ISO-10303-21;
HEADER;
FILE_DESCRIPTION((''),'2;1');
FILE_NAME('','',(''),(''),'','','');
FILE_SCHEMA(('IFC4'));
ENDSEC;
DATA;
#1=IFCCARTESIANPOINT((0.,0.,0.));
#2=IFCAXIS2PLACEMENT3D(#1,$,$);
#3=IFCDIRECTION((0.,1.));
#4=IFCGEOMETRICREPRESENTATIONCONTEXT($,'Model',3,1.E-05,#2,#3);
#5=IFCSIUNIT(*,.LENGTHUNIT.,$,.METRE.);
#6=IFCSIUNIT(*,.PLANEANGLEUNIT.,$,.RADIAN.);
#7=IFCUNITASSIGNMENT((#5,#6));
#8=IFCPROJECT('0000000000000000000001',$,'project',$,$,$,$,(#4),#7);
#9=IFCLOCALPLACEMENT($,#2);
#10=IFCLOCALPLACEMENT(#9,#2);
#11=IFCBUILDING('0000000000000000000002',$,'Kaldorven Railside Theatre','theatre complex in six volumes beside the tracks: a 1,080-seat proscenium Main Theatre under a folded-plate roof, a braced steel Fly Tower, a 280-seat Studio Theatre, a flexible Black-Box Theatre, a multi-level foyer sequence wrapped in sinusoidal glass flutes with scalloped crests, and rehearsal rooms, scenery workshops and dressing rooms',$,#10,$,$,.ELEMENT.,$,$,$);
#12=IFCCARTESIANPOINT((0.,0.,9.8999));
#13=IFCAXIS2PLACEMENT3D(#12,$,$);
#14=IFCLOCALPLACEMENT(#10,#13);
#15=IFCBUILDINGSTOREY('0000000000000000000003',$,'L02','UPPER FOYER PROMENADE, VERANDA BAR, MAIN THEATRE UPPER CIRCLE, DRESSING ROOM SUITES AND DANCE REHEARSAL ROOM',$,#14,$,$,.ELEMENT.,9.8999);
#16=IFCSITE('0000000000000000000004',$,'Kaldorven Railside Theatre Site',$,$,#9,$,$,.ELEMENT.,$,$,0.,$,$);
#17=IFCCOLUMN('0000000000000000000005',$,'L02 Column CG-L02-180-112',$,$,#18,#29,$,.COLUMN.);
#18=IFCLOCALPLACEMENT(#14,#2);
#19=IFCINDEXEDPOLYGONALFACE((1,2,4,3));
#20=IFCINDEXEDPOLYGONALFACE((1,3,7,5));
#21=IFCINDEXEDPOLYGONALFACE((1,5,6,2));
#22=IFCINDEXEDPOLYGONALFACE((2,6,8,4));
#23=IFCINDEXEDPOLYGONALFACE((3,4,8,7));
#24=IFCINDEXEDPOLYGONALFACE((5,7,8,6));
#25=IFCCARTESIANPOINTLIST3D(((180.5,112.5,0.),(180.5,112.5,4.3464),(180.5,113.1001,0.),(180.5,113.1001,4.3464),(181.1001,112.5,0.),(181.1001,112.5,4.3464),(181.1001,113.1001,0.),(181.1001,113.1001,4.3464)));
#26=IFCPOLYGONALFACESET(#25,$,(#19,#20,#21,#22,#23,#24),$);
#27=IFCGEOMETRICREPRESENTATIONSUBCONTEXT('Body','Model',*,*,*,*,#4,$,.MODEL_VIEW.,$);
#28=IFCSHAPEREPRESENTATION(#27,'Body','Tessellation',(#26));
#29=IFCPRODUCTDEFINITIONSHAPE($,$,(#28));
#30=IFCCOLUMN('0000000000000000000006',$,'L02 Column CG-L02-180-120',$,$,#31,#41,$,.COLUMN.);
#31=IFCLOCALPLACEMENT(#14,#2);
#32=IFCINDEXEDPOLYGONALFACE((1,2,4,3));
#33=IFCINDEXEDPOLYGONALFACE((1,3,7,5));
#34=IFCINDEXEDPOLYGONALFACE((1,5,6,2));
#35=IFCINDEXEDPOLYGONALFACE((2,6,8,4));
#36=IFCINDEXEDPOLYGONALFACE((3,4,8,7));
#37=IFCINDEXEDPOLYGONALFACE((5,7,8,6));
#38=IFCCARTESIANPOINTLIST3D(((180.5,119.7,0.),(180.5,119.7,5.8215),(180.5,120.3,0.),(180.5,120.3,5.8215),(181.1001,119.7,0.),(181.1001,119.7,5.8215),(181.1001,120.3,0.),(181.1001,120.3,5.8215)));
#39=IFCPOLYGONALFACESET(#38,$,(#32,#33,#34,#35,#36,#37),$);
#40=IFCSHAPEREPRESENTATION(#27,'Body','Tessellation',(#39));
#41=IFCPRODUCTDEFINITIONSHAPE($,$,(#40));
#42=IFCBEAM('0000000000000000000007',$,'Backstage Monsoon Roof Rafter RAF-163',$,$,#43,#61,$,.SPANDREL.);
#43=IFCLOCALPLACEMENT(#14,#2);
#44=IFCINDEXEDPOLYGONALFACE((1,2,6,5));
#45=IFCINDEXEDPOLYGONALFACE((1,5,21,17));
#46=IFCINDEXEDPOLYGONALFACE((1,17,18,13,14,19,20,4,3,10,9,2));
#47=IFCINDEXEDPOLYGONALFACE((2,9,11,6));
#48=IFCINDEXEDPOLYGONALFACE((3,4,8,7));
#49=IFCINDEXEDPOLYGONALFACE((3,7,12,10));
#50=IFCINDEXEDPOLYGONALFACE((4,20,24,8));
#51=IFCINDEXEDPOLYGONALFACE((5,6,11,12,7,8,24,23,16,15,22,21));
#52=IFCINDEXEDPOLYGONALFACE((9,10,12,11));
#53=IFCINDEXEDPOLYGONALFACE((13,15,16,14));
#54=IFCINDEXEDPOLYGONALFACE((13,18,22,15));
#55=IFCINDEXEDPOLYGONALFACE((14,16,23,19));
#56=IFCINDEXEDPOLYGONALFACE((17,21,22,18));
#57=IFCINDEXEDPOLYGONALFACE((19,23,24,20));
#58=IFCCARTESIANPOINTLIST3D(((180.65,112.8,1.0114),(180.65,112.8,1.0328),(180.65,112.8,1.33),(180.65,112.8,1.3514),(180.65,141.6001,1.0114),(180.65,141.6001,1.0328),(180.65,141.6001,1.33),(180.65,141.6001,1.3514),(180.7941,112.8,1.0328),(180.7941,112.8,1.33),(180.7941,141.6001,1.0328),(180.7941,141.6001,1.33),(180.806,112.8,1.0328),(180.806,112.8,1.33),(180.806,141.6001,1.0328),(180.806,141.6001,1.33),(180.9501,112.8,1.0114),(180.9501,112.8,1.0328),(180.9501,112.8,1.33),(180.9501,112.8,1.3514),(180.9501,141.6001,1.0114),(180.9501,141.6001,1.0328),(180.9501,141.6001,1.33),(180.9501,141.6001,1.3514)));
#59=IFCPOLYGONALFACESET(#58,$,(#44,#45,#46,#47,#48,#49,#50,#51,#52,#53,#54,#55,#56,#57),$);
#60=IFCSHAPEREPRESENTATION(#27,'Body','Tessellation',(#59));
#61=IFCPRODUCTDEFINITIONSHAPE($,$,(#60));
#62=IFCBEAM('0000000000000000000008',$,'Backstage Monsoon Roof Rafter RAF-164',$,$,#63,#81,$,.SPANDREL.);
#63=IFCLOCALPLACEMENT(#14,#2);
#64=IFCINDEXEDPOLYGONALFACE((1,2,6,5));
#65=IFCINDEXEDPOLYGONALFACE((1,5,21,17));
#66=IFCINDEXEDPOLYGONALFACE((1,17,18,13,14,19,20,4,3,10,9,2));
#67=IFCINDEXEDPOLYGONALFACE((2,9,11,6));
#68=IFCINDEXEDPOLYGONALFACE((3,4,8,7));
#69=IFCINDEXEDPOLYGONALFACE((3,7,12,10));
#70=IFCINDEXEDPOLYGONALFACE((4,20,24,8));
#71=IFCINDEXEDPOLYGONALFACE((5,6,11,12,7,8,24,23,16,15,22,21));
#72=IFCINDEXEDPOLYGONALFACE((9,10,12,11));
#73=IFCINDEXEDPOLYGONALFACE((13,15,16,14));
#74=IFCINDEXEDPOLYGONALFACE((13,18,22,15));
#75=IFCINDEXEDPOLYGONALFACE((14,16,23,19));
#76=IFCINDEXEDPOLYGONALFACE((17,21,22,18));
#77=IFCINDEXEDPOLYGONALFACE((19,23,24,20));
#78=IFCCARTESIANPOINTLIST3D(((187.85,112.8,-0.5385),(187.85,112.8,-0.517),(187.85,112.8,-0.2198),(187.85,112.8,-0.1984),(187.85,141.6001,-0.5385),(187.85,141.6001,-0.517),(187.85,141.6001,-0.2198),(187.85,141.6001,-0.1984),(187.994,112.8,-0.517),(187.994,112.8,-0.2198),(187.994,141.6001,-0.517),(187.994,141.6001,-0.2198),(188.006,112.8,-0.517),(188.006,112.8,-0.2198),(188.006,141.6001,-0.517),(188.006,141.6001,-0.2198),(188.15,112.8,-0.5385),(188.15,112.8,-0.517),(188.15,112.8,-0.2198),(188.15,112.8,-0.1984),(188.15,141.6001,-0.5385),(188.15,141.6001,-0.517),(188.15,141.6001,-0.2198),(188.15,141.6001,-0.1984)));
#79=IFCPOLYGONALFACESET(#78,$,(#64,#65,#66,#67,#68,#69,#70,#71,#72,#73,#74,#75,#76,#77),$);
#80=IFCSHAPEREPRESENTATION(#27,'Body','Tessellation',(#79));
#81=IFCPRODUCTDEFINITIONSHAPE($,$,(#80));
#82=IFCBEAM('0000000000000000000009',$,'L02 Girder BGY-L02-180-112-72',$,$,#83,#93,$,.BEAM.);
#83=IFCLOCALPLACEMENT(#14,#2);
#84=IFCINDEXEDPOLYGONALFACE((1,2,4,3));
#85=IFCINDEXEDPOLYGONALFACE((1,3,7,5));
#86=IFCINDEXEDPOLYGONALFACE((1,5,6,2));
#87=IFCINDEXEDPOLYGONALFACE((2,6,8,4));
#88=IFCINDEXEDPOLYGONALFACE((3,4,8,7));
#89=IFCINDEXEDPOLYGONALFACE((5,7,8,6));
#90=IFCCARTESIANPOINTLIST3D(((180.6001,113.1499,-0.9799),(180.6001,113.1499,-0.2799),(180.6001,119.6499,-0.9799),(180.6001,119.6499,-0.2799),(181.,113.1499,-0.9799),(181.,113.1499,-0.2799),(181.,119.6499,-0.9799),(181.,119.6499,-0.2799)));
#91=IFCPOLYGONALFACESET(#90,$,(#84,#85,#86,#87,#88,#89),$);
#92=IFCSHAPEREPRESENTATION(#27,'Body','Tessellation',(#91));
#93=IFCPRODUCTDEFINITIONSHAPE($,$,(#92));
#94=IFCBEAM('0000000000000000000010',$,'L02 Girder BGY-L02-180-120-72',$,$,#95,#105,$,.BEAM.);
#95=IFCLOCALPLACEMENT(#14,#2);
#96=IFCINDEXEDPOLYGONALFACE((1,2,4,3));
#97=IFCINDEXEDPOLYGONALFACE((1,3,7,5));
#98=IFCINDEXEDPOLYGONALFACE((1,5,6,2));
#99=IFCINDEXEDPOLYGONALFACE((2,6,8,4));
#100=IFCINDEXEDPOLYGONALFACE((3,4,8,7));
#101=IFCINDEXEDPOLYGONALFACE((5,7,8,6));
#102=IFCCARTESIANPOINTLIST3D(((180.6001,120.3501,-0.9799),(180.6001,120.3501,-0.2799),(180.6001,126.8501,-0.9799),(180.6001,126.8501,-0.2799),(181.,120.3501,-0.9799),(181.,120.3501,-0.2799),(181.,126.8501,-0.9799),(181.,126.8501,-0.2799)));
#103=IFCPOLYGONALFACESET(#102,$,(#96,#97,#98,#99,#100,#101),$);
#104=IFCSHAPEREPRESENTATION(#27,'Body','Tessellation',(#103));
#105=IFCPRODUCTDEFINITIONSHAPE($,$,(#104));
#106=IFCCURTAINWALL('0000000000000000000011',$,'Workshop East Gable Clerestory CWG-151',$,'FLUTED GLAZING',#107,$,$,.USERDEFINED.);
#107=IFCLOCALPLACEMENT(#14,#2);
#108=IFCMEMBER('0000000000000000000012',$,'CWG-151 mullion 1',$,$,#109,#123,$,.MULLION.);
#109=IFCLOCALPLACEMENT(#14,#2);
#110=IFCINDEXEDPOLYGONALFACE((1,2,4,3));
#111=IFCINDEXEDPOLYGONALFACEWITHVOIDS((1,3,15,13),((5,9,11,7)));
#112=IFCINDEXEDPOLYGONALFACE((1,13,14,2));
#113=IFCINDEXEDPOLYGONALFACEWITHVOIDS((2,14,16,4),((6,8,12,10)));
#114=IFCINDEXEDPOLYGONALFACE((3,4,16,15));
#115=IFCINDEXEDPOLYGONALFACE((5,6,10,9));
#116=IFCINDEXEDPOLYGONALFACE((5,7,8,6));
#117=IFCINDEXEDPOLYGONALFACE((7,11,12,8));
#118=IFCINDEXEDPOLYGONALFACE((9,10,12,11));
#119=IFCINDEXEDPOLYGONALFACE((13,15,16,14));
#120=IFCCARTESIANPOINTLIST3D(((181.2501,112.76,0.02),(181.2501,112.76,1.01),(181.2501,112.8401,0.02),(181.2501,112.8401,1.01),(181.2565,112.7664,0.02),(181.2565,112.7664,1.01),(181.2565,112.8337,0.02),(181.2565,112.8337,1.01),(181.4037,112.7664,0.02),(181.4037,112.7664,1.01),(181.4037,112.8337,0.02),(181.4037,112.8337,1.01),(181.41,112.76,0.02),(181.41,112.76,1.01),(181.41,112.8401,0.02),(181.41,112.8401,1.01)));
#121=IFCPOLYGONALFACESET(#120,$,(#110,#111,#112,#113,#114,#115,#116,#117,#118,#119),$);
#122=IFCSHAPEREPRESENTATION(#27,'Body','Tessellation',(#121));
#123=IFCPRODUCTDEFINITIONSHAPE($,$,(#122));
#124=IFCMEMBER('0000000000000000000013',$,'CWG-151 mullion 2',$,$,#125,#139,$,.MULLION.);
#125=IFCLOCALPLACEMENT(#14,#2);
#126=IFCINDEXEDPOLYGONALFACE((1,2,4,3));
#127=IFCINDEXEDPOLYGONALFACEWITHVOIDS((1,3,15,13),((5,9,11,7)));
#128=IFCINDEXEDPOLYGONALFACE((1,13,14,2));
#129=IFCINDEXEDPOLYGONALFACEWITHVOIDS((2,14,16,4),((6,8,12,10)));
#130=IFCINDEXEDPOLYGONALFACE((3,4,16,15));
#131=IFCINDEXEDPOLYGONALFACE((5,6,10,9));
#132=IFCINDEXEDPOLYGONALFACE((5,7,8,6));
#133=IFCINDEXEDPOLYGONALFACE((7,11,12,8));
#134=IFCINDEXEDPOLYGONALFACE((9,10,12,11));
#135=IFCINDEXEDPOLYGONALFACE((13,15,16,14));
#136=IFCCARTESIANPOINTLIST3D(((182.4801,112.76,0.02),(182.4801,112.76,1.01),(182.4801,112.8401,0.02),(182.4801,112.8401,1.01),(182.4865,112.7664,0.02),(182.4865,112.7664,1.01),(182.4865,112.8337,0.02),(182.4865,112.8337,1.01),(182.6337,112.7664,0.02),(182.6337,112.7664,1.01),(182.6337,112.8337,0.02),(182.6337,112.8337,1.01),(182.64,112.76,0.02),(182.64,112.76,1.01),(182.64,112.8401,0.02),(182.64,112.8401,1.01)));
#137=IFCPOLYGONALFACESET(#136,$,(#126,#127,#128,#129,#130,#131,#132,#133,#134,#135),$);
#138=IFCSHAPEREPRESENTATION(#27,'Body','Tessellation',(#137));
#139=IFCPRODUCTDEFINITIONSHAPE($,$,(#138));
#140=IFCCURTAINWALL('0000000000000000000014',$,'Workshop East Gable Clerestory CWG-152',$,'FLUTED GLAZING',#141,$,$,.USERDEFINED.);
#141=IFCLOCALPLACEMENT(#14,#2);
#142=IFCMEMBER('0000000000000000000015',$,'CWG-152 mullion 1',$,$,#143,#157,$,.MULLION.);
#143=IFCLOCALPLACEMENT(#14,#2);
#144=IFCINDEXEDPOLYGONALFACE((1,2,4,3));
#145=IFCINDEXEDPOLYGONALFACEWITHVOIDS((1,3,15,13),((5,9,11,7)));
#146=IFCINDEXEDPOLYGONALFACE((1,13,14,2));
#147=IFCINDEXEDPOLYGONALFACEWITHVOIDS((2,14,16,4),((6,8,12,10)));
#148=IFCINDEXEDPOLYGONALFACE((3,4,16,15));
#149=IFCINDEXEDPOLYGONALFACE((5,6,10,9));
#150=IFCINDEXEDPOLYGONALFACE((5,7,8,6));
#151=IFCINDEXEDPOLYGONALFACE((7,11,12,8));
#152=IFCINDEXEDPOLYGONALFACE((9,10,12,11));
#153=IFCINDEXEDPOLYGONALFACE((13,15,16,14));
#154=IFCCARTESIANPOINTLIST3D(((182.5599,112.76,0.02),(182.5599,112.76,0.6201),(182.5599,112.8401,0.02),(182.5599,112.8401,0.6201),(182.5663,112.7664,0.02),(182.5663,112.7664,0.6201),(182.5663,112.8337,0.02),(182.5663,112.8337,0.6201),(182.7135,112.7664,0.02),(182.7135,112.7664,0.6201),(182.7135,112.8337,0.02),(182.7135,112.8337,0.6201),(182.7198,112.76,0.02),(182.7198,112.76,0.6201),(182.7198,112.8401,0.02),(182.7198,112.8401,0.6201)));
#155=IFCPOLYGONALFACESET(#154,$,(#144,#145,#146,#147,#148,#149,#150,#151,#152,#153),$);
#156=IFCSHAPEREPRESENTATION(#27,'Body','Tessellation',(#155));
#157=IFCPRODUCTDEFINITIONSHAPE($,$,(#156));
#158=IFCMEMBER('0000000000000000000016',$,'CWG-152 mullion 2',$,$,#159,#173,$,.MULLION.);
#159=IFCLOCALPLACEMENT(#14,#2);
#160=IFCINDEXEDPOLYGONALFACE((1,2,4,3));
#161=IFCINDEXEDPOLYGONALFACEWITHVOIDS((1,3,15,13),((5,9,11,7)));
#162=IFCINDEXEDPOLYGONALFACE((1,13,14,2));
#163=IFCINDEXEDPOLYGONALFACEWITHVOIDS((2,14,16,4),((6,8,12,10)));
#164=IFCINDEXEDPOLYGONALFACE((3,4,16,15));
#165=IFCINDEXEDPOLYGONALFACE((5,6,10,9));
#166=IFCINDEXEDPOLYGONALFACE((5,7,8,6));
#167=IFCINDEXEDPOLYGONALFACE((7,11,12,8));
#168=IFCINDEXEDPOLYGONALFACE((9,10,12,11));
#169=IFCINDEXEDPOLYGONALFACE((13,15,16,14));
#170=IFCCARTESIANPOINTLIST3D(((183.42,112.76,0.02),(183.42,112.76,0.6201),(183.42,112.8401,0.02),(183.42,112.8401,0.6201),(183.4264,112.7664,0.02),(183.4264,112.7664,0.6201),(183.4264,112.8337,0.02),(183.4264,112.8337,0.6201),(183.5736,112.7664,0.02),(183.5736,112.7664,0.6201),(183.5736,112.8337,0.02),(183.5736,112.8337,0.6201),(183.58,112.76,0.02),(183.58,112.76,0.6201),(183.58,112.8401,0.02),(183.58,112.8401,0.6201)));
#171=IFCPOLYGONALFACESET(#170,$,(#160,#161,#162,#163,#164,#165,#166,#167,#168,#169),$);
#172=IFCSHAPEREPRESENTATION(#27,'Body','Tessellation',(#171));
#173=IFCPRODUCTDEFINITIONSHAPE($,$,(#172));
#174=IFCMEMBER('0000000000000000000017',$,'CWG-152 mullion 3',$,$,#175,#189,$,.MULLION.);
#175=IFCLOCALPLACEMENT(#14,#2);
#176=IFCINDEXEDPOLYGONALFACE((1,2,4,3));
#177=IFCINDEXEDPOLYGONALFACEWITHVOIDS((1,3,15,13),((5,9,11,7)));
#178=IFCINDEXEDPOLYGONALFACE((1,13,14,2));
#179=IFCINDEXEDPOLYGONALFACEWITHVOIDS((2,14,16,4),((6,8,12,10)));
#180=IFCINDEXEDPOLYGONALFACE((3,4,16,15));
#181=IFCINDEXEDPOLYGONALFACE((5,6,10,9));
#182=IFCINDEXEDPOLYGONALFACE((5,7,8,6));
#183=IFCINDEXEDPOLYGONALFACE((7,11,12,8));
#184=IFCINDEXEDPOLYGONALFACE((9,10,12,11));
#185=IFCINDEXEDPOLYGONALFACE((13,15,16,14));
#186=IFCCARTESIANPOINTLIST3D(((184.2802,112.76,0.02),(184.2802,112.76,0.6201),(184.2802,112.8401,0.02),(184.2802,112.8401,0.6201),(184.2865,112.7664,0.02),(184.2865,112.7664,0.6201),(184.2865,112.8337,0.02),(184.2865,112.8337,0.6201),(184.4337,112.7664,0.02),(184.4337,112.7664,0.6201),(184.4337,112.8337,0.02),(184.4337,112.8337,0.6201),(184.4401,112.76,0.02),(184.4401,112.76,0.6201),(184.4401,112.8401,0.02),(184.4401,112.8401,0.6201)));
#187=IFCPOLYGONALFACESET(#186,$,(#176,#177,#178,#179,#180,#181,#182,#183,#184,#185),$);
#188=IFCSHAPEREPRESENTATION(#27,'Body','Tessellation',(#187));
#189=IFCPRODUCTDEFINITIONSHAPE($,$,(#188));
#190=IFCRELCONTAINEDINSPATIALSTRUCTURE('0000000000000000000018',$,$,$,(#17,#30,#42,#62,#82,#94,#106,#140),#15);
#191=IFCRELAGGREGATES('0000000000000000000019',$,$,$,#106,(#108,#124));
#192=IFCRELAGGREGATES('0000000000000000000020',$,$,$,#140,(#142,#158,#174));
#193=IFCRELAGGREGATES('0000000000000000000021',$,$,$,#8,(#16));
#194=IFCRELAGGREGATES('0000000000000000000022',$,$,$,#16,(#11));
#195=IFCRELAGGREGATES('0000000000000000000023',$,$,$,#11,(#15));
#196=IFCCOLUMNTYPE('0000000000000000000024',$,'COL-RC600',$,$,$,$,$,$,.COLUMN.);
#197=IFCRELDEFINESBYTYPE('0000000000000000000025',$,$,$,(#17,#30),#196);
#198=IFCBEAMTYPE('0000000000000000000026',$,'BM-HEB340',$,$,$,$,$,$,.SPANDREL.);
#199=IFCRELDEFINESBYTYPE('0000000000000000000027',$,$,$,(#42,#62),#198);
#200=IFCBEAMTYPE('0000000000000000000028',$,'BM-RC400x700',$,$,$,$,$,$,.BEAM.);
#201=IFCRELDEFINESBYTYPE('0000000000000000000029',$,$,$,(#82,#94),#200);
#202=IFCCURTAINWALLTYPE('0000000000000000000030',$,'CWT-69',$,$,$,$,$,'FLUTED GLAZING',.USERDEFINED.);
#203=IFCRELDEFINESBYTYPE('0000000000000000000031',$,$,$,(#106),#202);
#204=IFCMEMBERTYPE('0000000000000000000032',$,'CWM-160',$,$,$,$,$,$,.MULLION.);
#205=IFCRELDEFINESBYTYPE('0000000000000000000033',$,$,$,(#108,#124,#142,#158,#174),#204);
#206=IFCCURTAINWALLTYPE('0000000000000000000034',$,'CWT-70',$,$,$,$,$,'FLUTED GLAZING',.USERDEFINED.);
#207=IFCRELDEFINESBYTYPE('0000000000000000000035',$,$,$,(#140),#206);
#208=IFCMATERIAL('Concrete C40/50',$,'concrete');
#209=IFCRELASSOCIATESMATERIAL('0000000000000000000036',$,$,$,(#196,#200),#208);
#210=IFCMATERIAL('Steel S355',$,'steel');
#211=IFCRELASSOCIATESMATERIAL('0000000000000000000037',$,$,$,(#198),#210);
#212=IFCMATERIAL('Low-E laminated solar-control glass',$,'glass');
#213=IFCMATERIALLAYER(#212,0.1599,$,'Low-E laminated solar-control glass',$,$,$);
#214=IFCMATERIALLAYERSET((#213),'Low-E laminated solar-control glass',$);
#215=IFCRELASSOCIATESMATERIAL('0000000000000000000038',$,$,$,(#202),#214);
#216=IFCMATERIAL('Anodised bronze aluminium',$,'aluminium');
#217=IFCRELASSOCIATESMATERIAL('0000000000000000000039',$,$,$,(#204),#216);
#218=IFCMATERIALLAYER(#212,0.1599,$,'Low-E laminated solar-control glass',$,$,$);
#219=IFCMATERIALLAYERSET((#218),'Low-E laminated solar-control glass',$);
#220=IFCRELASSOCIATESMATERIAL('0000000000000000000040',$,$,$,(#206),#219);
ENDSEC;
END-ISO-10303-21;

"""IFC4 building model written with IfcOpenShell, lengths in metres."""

from ifc_helpers import new_model, si_unit, direction, frame, origin, origin_2d, place, context, subcontext, project, spatial, rectangle, hollow_rectangle, i_section, extrude, material, layer, layer_set, material_profile, profile_set, type_object, element, aggregate, save


model = new_model("IFC4")

# Units and contexts
model_context = context("Model", 3, precision=1e-05, world=origin(), true_north=direction((0.0, 1.0)))
body_context = subcontext(model_context, "Body", "Model", "MODEL_VIEW")
ifc_project = project(units=[si_unit("LENGTHUNIT", "METRE"), si_unit("PLANEANGLEUNIT", "RADIAN")], contexts=[model_context])

# Site, building, storey
site_placement = place(None, origin())
site = spatial("IfcSite", under=ifc_project, at=site_placement, Name="Kaldorven Railside Theatre Site", CompositionType="ELEMENT", RefElevation=0.0)
building_placement = place(site_placement, origin())
building = spatial("IfcBuilding", under=site, at=building_placement, Name="Kaldorven Railside Theatre", Description="theatre complex in six volumes beside the tracks: a 1,080-seat proscenium Main Theatre under a folded-plate roof, a braced steel Fly Tower, a 280-seat Studio Theatre, a flexible Black-Box Theatre, a multi-level foyer sequence wrapped in sinusoidal glass flutes with scalloped crests, and rehearsal rooms, scenery workshops and dressing rooms", CompositionType="ELEMENT")
storey_placement = place(building_placement, frame((0.0, 0.0, 9.8999)))
storey = spatial("IfcBuildingStorey", under=building, at=storey_placement, Name="L02", Description="UPPER FOYER PROMENADE, VERANDA BAR, MAIN THEATRE UPPER CIRCLE, DRESSING ROOM SUITES AND DANCE REHEARSAL ROOM", CompositionType="ELEMENT", Elevation=9.8999)

# Columns
ifc_material_1 = material(Name="Concrete C40/50", Category="concrete")
ifc_material_profile_1 = material_profile(ifc_material_1, rectangle(XDim=0.6001, YDim=0.6001, at=origin_2d()), Name="RC 600x600")
ifc_profile_set_1 = profile_set([ifc_material_profile_1], Name="Concrete C40/50")
column_type = type_object("IfcColumnType", Name="COL-RC600", PredefinedType="COLUMN", material=ifc_profile_set_1)
column_1_placement = place(storey_placement, frame((180.8, 112.8, 0.0), z_axis=(0.0, 0.0, 1.0), x_axis=(0.0, 1.0, 0.0)))
element("IfcColumn", 1, at=column_1_placement, inside=storey, type_object=column_type, Name="L02 Column CG-L02-180-112", PredefinedType="COLUMN", context=body_context, shape_type="SweptSolid", body=[
    extrude(rectangle(XDim=0.6001, YDim=0.6001, at=origin_2d()), origin(), (0.0, 0.0, 1.0), 4.3464),
])
column_2_placement = place(storey_placement, frame((180.8, 120.0, 0.0), z_axis=(0.0, 0.0, 1.0), x_axis=(1.0, 0.0, 0.0)))
element("IfcColumn", 2, at=column_2_placement, inside=storey, type_object=column_type, Name="L02 Column CG-L02-180-120", PredefinedType="COLUMN", context=body_context, shape_type="SweptSolid", body=[
    extrude(rectangle(XDim=0.6001, YDim=0.6001, at=origin_2d()), origin(), (0.0, 0.0, 1.0), 5.8215),
])

# Beams
ifc_material_2 = material(Name="Steel S355", Category="steel")
ifc_material_profile_2 = material_profile(ifc_material_2, i_section(OverallWidth=0.3, OverallDepth=0.3401, WebThickness=0.012, FlangeThickness=0.0215, at=origin_2d()), Name="HEB 340")
ifc_profile_set_2 = profile_set([ifc_material_profile_2], Name="Steel S355")
beam_type_1 = type_object("IfcBeamType", Name="BM-HEB340", PredefinedType="SPANDREL", material=ifc_profile_set_2)
for number, where, z_axis, x_axis, name in (
    (3, (180.8, 112.8, 1.1814), (0.0, 1.0, 0.0), (-1.0, 0.0, 0.0), "Backstage Monsoon Roof Rafter RAF-163"),
    (4, (188.0, 112.8, -0.3684), (0.0, 1.0, 0.0), (-1.0, 0.0, 0.0), "Backstage Monsoon Roof Rafter RAF-164"),
):
    element("IfcBeam", number, at=place(storey_placement, frame(where, z_axis=z_axis, x_axis=x_axis)), inside=storey, type_object=beam_type_1, Name=name, PredefinedType="SPANDREL", context=body_context, shape_type="SweptSolid", body=[
        extrude(i_section(OverallWidth=0.3, OverallDepth=0.3401, WebThickness=0.012, FlangeThickness=0.0215, at=origin_2d()), origin(), (0.0, 0.0, 1.0), 28.8),
    ])
ifc_material_profile_3 = material_profile(ifc_material_1, rectangle(XDim=0.3999, YDim=0.7, at=origin_2d()), Name="RC 400x700")
ifc_profile_set_3 = profile_set([ifc_material_profile_3], Name="Concrete C40/50")
beam_type_2 = type_object("IfcBeamType", Name="BM-RC400x700", PredefinedType="BEAM", material=ifc_profile_set_3)
for number, where, z_axis, x_axis, name in (
    (5, (180.8, 113.1499, -0.6299), (0.0, 1.0, 0.0), (-1.0, 0.0, 0.0), "L02 Girder BGY-L02-180-112-72"),
    (6, (180.8, 120.3501, -0.6299), (0.0, 1.0, 0.0), (-1.0, 0.0, 0.0), "L02 Girder BGY-L02-180-120-72"),
):
    element("IfcBeam", number, at=place(storey_placement, frame(where, z_axis=z_axis, x_axis=x_axis)), inside=storey, type_object=beam_type_2, Name=name, PredefinedType="BEAM", context=body_context, shape_type="SweptSolid", body=[
        extrude(rectangle(XDim=0.3999, YDim=0.7, at=origin_2d()), origin(), (0.0, 0.0, 1.0), 6.5),
    ])

# Curtain walls, members
ifc_material_3 = material(Name="Low-E laminated solar-control glass", Category="glass")
ifc_layer_1 = layer(ifc_material_3, 0.1599, Name="Low-E laminated solar-control glass")
ifc_layer_set_1 = layer_set([ifc_layer_1], Name="Low-E laminated solar-control glass")
curtain_wall_type_1 = type_object("IfcCurtainWallType", Name="CWT-69", ElementType="FLUTED GLAZING", PredefinedType="USERDEFINED", material=ifc_layer_set_1)
curtain_wall_1_placement = place(storey_placement, origin())
curtain_wall_1 = element("IfcCurtainWall", 7, at=curtain_wall_1_placement, inside=storey, type_object=curtain_wall_type_1, Name="Workshop East Gable Clerestory CWG-151", ObjectType="FLUTED GLAZING", PredefinedType="USERDEFINED")
ifc_material_4 = material(Name="Anodised bronze aluminium", Category="aluminium")
ifc_material_profile_4 = material_profile(ifc_material_4, hollow_rectangle(XDim=0.0801, YDim=0.1599, WallThickness=0.0063, at=origin_2d()), Name="RHS 160x80x6.3")
ifc_profile_set_4 = profile_set([ifc_material_profile_4], Name="Anodised bronze aluminium")
member_type_1 = type_object("IfcMemberType", Name="CWM-160", PredefinedType="MULLION", material=ifc_profile_set_4)
member_1_placement = place(storey_placement, frame((181.3301, 112.8, 0.02), z_axis=(0.0, 0.0, 1.0), x_axis=(0.0, 1.0, 0.0)))
member_1 = element("IfcMember", 8, at=member_1_placement, type_object=member_type_1, Name="CWG-151 mullion 1", PredefinedType="MULLION", context=body_context, shape_type="SweptSolid", body=[
    extrude(hollow_rectangle(XDim=0.0801, YDim=0.1599, WallThickness=0.0063, at=origin_2d()), origin(), (0.0, 0.0, 1.0), 0.99),
])
member_2_placement = place(storey_placement, frame((182.5601, 112.8, 0.02), z_axis=(0.0, 0.0, 1.0), x_axis=(0.0, 1.0, 0.0)))
member_2 = element("IfcMember", 9, at=member_2_placement, type_object=member_type_1, Name="CWG-151 mullion 2", PredefinedType="MULLION", context=body_context, shape_type="SweptSolid", body=[
    extrude(hollow_rectangle(XDim=0.0801, YDim=0.1599, WallThickness=0.0063, at=origin_2d()), origin(), (0.0, 0.0, 1.0), 0.99),
])
ifc_layer_2 = layer(ifc_material_3, 0.1599, Name="Low-E laminated solar-control glass")
ifc_layer_set_2 = layer_set([ifc_layer_2], Name="Low-E laminated solar-control glass")
curtain_wall_type_2 = type_object("IfcCurtainWallType", Name="CWT-70", ElementType="FLUTED GLAZING", PredefinedType="USERDEFINED", material=ifc_layer_set_2)
curtain_wall_2_placement = place(storey_placement, origin())
curtain_wall_2 = element("IfcCurtainWall", 10, at=curtain_wall_2_placement, inside=storey, type_object=curtain_wall_type_2, Name="Workshop East Gable Clerestory CWG-152", ObjectType="FLUTED GLAZING", PredefinedType="USERDEFINED")
member_3_placement = place(storey_placement, frame((182.6399, 112.8, 0.02), z_axis=(0.0, 0.0, 1.0), x_axis=(0.0, 1.0, 0.0)))
member_3 = element("IfcMember", 11, at=member_3_placement, type_object=member_type_1, Name="CWG-152 mullion 1", PredefinedType="MULLION", context=body_context, shape_type="SweptSolid", body=[
    extrude(hollow_rectangle(XDim=0.0801, YDim=0.1599, WallThickness=0.0063, at=origin_2d()), origin(), (0.0, 0.0, 1.0), 0.6001),
])
member_4_placement = place(storey_placement, frame((183.5, 112.8, 0.02), z_axis=(0.0, 0.0, 1.0), x_axis=(0.0, 1.0, 0.0)))
member_4 = element("IfcMember", 12, at=member_4_placement, type_object=member_type_1, Name="CWG-152 mullion 2", PredefinedType="MULLION", context=body_context, shape_type="SweptSolid", body=[
    extrude(hollow_rectangle(XDim=0.0801, YDim=0.1599, WallThickness=0.0063, at=origin_2d()), origin(), (0.0, 0.0, 1.0), 0.6001),
])
member_5_placement = place(storey_placement, frame((184.3601, 112.8, 0.02), z_axis=(0.0, 0.0, 1.0), x_axis=(0.0, 1.0, 0.0)))
member_5 = element("IfcMember", 13, at=member_5_placement, type_object=member_type_1, Name="CWG-152 mullion 3", PredefinedType="MULLION", context=body_context, shape_type="SweptSolid", body=[
    extrude(hollow_rectangle(XDim=0.0801, YDim=0.1599, WallThickness=0.0063, at=origin_2d()), origin(), (0.0, 0.0, 1.0), 0.6001),
])

aggregate(curtain_wall_1, [member_1, member_2])
aggregate(curtain_wall_2, [member_3, member_4, member_5])

save(model, "model.ifc")
